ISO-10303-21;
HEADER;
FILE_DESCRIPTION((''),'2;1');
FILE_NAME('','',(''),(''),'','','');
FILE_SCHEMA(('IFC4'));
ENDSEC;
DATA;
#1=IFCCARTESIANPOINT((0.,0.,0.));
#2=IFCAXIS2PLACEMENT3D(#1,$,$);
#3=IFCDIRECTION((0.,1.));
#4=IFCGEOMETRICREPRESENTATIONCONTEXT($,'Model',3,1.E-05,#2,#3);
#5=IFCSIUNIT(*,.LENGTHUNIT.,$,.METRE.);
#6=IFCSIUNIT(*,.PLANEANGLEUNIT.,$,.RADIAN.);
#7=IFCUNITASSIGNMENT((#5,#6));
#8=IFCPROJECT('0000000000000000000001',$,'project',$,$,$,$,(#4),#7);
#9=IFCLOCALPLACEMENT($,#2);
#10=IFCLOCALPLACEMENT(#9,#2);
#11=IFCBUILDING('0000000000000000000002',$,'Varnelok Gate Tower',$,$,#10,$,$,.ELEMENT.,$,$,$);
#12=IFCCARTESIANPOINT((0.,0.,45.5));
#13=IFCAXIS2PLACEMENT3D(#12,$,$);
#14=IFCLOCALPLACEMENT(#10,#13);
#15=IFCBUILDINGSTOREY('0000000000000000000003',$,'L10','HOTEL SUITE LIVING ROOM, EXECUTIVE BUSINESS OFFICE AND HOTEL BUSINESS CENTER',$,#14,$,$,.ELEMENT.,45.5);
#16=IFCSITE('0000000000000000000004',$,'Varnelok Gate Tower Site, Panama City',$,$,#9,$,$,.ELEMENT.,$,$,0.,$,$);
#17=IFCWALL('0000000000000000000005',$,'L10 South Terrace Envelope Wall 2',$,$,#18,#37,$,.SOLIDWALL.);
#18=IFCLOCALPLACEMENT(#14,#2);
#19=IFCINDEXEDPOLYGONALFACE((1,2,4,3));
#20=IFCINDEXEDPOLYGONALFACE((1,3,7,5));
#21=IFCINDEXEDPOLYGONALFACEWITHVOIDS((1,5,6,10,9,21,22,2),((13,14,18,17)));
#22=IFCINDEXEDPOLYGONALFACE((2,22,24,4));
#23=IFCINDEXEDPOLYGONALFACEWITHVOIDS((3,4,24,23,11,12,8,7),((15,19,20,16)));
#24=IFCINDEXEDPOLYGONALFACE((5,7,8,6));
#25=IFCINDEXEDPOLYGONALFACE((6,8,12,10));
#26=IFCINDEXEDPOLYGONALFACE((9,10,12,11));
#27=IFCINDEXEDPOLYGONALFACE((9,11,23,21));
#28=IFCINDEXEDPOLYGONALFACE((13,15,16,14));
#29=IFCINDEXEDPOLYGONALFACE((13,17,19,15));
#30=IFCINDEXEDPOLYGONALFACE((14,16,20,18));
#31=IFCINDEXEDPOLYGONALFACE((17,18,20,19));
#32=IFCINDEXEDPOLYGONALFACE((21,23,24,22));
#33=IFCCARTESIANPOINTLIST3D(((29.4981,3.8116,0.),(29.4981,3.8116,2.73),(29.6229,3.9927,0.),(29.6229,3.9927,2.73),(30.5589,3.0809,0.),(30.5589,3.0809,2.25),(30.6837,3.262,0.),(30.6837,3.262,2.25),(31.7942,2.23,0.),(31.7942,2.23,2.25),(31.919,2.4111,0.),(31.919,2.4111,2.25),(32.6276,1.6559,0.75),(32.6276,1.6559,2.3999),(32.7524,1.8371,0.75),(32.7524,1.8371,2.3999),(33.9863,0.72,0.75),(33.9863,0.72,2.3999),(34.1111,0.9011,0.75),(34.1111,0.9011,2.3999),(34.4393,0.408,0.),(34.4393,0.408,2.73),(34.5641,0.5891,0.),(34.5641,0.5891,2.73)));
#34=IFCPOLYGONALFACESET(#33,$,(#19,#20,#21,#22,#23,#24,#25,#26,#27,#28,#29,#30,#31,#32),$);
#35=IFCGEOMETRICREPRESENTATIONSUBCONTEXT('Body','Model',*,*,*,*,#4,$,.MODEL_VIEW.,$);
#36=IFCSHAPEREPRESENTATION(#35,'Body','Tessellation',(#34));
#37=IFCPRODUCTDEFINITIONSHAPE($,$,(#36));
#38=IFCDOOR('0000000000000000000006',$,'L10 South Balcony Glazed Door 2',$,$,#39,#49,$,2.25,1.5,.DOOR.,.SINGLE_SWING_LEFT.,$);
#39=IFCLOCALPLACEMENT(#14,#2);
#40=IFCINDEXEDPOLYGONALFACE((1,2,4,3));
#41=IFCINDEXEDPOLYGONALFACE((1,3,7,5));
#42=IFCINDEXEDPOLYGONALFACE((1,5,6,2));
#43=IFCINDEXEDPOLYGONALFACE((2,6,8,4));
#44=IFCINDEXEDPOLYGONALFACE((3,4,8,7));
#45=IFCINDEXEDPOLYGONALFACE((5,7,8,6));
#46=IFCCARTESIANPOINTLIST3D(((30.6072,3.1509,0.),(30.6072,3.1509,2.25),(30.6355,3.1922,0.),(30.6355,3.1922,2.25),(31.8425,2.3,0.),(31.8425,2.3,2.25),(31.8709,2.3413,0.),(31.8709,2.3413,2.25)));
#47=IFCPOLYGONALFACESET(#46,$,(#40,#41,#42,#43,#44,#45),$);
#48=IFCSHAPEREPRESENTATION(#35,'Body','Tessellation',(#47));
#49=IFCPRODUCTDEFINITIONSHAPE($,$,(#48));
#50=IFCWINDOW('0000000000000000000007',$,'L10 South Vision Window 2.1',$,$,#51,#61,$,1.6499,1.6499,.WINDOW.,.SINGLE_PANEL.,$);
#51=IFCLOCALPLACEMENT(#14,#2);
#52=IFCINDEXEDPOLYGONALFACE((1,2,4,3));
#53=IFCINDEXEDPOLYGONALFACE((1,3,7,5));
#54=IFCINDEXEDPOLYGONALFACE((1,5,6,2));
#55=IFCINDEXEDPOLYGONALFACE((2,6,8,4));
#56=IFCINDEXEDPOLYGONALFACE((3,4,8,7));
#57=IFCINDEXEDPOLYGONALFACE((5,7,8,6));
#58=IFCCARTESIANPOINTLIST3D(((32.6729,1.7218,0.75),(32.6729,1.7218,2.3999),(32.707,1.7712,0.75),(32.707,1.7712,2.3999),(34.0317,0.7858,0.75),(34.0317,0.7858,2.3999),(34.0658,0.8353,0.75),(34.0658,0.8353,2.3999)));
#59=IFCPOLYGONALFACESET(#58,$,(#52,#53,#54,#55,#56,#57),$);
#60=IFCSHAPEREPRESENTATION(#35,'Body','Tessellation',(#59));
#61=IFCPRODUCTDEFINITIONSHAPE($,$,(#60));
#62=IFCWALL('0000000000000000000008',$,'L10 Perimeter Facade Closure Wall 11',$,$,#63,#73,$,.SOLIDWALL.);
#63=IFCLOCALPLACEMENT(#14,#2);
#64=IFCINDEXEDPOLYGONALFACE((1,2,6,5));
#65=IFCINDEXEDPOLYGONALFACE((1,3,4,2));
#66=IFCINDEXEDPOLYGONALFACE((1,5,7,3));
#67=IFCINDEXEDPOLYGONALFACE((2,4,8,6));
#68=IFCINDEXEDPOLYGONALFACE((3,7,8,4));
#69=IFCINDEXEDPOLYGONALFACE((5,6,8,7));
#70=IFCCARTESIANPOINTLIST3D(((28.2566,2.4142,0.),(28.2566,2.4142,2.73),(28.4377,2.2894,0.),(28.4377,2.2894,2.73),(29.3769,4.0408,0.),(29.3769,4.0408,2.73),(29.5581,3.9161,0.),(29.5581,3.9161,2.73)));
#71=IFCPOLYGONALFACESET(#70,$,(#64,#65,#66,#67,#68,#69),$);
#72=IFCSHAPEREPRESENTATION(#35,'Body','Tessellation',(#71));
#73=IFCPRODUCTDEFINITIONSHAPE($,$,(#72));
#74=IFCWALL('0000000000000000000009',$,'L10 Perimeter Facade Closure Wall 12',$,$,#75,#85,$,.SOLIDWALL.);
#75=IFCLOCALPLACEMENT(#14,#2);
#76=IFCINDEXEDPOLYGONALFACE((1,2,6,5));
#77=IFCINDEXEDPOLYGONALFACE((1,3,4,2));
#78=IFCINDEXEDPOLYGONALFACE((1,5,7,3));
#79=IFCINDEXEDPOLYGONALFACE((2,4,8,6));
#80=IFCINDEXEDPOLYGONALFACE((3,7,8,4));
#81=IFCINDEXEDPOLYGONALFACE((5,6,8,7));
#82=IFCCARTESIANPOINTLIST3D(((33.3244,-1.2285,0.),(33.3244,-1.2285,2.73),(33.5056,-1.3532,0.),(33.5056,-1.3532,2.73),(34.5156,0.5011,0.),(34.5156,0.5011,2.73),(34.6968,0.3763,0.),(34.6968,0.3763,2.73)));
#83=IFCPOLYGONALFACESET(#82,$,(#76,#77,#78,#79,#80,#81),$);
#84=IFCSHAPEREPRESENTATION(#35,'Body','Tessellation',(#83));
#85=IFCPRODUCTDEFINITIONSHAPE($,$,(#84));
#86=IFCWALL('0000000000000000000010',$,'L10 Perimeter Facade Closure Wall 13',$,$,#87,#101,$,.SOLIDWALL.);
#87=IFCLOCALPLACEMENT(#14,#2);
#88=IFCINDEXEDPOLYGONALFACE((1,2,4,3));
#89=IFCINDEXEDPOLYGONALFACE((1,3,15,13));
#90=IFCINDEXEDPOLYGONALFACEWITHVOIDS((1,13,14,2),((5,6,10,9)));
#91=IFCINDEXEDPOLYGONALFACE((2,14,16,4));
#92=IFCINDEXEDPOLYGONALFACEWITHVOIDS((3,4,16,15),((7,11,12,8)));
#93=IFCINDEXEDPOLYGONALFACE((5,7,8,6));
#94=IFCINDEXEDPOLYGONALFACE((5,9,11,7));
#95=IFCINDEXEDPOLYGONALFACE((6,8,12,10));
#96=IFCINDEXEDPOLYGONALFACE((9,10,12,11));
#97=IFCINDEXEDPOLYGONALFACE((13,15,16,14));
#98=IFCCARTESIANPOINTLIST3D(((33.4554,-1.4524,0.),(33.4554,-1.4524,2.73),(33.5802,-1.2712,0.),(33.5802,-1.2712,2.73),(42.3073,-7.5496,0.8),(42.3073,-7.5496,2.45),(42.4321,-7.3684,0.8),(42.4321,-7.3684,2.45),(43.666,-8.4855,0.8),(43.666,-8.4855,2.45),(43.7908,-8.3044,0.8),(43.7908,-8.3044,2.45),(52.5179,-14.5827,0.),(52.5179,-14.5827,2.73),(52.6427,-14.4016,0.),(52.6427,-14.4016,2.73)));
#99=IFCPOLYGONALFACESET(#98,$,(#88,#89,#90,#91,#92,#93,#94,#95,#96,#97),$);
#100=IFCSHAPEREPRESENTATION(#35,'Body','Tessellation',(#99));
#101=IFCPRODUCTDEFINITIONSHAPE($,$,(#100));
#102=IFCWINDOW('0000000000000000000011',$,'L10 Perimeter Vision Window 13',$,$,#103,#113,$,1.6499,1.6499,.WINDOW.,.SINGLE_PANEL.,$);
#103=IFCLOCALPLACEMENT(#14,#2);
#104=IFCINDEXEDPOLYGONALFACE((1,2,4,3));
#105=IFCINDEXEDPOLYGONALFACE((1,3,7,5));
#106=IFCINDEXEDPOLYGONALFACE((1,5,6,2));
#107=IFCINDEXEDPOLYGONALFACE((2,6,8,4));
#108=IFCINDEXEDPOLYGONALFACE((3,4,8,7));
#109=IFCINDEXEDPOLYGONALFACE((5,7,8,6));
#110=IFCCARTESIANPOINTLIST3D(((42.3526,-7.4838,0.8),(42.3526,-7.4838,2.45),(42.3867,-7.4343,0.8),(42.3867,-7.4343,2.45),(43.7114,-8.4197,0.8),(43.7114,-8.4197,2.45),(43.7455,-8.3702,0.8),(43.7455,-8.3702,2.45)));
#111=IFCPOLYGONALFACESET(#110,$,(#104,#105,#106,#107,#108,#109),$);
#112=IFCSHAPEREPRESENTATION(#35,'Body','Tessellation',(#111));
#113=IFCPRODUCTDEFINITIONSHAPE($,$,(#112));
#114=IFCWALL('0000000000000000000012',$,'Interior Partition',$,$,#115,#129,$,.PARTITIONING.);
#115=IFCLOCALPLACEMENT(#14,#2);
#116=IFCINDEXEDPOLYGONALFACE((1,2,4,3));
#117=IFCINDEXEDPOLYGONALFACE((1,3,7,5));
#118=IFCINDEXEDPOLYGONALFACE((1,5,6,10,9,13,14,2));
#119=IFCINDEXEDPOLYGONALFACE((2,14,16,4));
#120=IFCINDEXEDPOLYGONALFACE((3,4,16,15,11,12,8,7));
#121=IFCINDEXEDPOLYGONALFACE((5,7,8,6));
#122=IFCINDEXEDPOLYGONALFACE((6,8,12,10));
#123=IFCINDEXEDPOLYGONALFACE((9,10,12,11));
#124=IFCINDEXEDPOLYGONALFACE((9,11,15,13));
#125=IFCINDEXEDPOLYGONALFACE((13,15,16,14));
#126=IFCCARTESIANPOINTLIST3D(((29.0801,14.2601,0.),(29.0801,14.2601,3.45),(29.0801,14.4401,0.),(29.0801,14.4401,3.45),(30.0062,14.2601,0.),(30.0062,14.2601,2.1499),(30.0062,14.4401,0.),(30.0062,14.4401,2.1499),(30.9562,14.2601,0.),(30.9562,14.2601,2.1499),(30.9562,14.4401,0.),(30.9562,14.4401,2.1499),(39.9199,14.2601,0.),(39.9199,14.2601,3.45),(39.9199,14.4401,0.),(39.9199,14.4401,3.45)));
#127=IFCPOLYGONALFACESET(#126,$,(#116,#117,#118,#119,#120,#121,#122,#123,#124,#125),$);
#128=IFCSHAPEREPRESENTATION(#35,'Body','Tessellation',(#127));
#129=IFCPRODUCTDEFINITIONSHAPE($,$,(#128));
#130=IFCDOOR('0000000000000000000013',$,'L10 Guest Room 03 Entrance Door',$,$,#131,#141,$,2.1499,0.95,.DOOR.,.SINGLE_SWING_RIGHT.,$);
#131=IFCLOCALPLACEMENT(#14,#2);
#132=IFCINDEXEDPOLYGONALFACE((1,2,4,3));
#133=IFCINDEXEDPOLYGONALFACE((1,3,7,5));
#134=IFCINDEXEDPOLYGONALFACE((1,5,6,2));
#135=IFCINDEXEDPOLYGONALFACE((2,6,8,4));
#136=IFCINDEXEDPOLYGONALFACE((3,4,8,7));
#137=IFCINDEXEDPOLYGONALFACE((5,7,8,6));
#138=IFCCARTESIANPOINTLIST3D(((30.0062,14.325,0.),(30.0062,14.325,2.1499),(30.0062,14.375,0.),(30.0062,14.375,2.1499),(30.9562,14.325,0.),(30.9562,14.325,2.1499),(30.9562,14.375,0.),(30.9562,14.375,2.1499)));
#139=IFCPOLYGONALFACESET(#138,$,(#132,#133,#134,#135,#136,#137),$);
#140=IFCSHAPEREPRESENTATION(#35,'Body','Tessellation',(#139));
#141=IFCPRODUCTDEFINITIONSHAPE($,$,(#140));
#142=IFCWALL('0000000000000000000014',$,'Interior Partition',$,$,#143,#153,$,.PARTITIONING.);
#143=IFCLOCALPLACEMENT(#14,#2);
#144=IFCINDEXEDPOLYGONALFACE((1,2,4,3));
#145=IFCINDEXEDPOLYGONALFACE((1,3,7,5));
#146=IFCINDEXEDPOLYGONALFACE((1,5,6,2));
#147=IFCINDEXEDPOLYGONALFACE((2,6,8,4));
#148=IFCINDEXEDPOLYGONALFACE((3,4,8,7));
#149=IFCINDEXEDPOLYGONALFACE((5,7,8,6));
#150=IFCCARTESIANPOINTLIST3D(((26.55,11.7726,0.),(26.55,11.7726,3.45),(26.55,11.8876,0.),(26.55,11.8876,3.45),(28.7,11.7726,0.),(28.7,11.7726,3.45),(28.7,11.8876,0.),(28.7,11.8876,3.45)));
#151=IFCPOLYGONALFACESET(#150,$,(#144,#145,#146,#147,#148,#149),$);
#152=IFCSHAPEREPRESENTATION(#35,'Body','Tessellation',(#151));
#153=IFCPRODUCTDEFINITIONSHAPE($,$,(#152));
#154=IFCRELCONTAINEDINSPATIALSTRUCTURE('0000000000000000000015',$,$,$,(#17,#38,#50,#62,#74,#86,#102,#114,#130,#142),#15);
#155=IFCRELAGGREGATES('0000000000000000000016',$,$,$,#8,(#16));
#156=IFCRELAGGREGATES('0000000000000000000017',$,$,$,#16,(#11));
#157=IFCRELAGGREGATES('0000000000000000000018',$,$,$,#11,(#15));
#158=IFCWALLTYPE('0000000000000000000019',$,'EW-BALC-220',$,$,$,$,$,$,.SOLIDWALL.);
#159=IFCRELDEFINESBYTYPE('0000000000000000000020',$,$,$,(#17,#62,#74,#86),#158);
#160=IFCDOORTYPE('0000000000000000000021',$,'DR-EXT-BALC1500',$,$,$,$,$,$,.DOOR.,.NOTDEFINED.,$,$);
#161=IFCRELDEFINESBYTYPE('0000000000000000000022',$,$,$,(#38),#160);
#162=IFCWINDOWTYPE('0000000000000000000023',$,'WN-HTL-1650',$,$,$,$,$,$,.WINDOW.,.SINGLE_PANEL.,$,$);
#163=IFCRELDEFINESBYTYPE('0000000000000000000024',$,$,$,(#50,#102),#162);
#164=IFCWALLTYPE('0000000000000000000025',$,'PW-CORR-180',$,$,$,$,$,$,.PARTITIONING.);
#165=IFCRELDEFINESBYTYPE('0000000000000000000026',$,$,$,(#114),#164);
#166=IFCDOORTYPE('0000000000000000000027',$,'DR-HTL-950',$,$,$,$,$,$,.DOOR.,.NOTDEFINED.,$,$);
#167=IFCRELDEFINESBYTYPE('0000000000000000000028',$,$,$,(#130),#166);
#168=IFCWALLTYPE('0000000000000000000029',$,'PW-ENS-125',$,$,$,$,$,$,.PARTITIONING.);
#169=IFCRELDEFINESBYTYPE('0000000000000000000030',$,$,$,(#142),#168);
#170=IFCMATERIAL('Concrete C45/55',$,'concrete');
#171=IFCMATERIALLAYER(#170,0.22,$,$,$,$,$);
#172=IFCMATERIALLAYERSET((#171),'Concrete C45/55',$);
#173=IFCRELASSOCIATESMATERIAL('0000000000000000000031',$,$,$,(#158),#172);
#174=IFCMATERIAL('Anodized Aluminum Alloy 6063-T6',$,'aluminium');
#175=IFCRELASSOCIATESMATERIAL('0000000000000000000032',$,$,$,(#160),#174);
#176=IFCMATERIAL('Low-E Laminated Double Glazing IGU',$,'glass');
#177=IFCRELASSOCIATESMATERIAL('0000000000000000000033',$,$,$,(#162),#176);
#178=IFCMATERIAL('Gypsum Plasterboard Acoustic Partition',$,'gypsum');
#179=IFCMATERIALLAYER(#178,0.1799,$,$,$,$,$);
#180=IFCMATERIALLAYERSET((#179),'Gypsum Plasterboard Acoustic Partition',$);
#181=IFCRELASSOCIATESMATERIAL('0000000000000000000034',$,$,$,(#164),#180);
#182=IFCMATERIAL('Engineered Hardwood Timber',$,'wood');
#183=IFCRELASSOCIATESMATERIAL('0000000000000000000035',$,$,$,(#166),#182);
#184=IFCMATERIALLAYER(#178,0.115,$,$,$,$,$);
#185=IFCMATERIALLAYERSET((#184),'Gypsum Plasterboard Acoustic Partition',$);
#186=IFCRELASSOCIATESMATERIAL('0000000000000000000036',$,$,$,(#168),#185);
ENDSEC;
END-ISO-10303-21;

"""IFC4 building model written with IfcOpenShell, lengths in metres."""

from ifc_helpers import new_model, si_unit, direction, frame, frame_2d, origin, place, context, subcontext, project, spatial, rectangle, extrude, material, layer, layer_set, type_object, element, fill, save


model = new_model("IFC4")

# Units and contexts
model_context = context("Model", 3, precision=1e-05, world=origin(), true_north=direction((0.0, 1.0)))
body_context = subcontext(model_context, "Body", "Model", "MODEL_VIEW")
ifc_project = project(units=[si_unit("LENGTHUNIT", "METRE"), si_unit("PLANEANGLEUNIT", "RADIAN")], contexts=[model_context])

# Site, building, storey
site_placement = place(None, origin())
site = spatial("IfcSite", under=ifc_project, at=site_placement, Name="Varnelok Gate Tower Site, Panama City", CompositionType="ELEMENT", RefElevation=0.0)
building_placement = place(site_placement, origin())
building = spatial("IfcBuilding", under=site, at=building_placement, Name="Varnelok Gate Tower", CompositionType="ELEMENT")
storey_placement = place(building_placement, frame((0.0, 0.0, 45.5)))
storey = spatial("IfcBuildingStorey", under=building, at=storey_placement, Name="L10", Description="HOTEL SUITE LIVING ROOM, EXECUTIVE BUSINESS OFFICE AND HOTEL BUSINESS CENTER", CompositionType="ELEMENT", Elevation=45.5)

# Wall, openings, door, window
ifc_material_1 = material(Name="Concrete C45/55", Category="concrete")
ifc_layer_1 = layer(ifc_material_1, 0.22)
ifc_layer_set_1 = layer_set([ifc_layer_1], Name="Concrete C45/55")
wall_type_1 = type_object("IfcWallType", Name="EW-BALC-220", PredefinedType="SOLIDWALL", material=ifc_layer_set_1)
wall_1_placement = place(storey_placement, frame((34.5017, 0.4985, 0.0), z_axis=(0.0, 0.0, 1.0), x_axis=(-0.823535, 0.567266, 0.0)))
wall_1 = element("IfcWall", 1, at=wall_1_placement, inside=storey, type_object=wall_type_1, Name="L10 South Terrace Envelope Wall 2", PredefinedType="SOLIDWALL", context=body_context, shape_type="SweptSolid", body=[
    extrude(rectangle(XDim=6.0, YDim=0.22, at=frame_2d((3.0, 0.0))), origin(), (0.0, 0.0, 1.0), 2.73),
])
opening_1_placement = place(wall_1_placement, frame((3.2119, 0.0, 0.0)))
opening_1 = element("IfcOpeningElement", 2, at=opening_1_placement, cuts=wall_1, PredefinedType="OPENING", context=body_context, shape_type="SweptSolid", body=[
    extrude(rectangle(XDim=1.5, YDim=2.25, at=frame_2d((0.75, 1.125))), frame((0.0, 0.1199, 0.0), z_axis=(0.0, -1.0, 0.0), x_axis=(1.0, 0.0, 0.0)), (0.0, 0.0, 1.0), 0.24),
])
opening_2_placement = place(wall_1_placement, frame((0.55, 0.0, 0.75)))
opening_2 = element("IfcOpeningElement", 3, at=opening_2_placement, cuts=wall_1, PredefinedType="OPENING", context=body_context, shape_type="SweptSolid", body=[
    extrude(rectangle(XDim=1.6499, YDim=1.6499, at=frame_2d((0.825, 0.825))), frame((0.0, 0.1199, 0.0), z_axis=(0.0, -1.0, 0.0), x_axis=(1.0, 0.0, 0.0)), (0.0, 0.0, 1.0), 0.24),
])
ifc_material_2 = material(Name="Anodized Aluminum Alloy 6063-T6", Category="aluminium")
door_type_1 = type_object("IfcDoorType", Name="DR-EXT-BALC1500", OperationType="NOTDEFINED", PredefinedType="DOOR", material=ifc_material_2)
door_1_placement = place(opening_1_placement, origin())
door_1 = element("IfcDoor", 4, at=door_1_placement, inside=storey, type_object=door_type_1, Name="L10 South Balcony Glazed Door 2", OperationType="SINGLE_SWING_LEFT", OverallHeight=2.25, OverallWidth=1.5, PredefinedType="DOOR", context=body_context, shape_type="SweptSolid", body=[
    extrude(rectangle(XDim=1.5, YDim=2.25, at=frame_2d((0.75, 1.125))), frame((0.0, 0.0249, 0.0), z_axis=(0.0, -1.0, 0.0), x_axis=(1.0, 0.0, 0.0)), (0.0, 0.0, 1.0), 0.05),
])
fill(opening_1, door_1)
ifc_material_3 = material(Name="Low-E Laminated Double Glazing IGU", Category="glass")
window_type = type_object("IfcWindowType", Name="WN-HTL-1650", PartitioningType="SINGLE_PANEL", PredefinedType="WINDOW", material=ifc_material_3)
window_1_placement = place(opening_2_placement, origin())
window_1 = element("IfcWindow", 5, at=window_1_placement, inside=storey, type_object=window_type, Name="L10 South Vision Window 2.1", OverallHeight=1.6499, OverallWidth=1.6499, PartitioningType="SINGLE_PANEL", PredefinedType="WINDOW", context=body_context, shape_type="SweptSolid", body=[
    extrude(rectangle(XDim=1.6499, YDim=1.6499, at=frame_2d((0.825, 0.825))), frame((0.0, 0.03, 0.0), z_axis=(0.0, -1.0, 0.0), x_axis=(1.0, 0.0, 0.0)), (0.0, 0.0, 1.0), 0.0601),
])
fill(opening_2, window_1)

# Walls
wall_2_placement = place(storey_placement, frame((28.3472, 2.3518, 0.0), z_axis=(0.0, 0.0, 1.0), x_axis=(0.567216, 0.823569, 0.0)))
element("IfcWall", 6, at=wall_2_placement, inside=storey, type_object=wall_type_1, Name="L10 Perimeter Facade Closure Wall 11", PredefinedType="SOLIDWALL", context=body_context, shape_type="SweptSolid", body=[
    extrude(rectangle(XDim=1.9751, YDim=0.22, at=frame_2d((0.9875, 0.0))), origin(), (0.0, 0.0, 1.0), 2.73),
])
wall_3_placement = place(storey_placement, frame((34.6062, 0.4387, 0.0), z_axis=(0.0, 0.0, 1.0), x_axis=(-0.567219, -0.823567, 0.0)))
element("IfcWall", 7, at=wall_3_placement, inside=storey, type_object=wall_type_1, Name="L10 Perimeter Facade Closure Wall 12", PredefinedType="SOLIDWALL", context=body_context, shape_type="SweptSolid", body=[
    extrude(rectangle(XDim=2.1001, YDim=0.22, at=frame_2d((1.05, 0.0))), origin(), (0.0, 0.0, 1.0), 2.73),
])

# Wall, opening, window
wall_4_placement = place(storey_placement, frame((33.5178, -1.3618, 0.0), z_axis=(0.0, 0.0, 1.0), x_axis=(0.823539, -0.567259, 0.0)))
wall_4 = element("IfcWall", 8, at=wall_4_placement, inside=storey, type_object=wall_type_1, Name="L10 Perimeter Facade Closure Wall 13", PredefinedType="SOLIDWALL", context=body_context, shape_type="SweptSolid", body=[
    extrude(rectangle(XDim=23.147, YDim=0.22, at=frame_2d((11.5735, 0.0))), origin(), (0.0, 0.0, 1.0), 2.73),
])
opening_3_placement = place(wall_4_placement, frame((10.7485, 0.0, 0.8)))
opening_3 = element("IfcOpeningElement", 9, at=opening_3_placement, cuts=wall_4, PredefinedType="OPENING", context=body_context, shape_type="SweptSolid", body=[
    extrude(rectangle(XDim=1.6499, YDim=1.6499, at=frame_2d((0.825, 0.825))), frame((0.0, 0.1199, 0.0), z_axis=(0.0, -1.0, 0.0), x_axis=(1.0, 0.0, 0.0)), (0.0, 0.0, 1.0), 0.24),
])
window_2_placement = place(opening_3_placement, origin())
window_2 = element("IfcWindow", 10, at=window_2_placement, inside=storey, type_object=window_type, Name="L10 Perimeter Vision Window 13", OverallHeight=1.6499, OverallWidth=1.6499, PartitioningType="SINGLE_PANEL", PredefinedType="WINDOW", context=body_context, shape_type="SweptSolid", body=[
    extrude(rectangle(XDim=1.6499, YDim=1.6499, at=frame_2d((0.825, 0.825))), frame((0.0, 0.03, 0.0), z_axis=(0.0, -1.0, 0.0), x_axis=(1.0, 0.0, 0.0)), (0.0, 0.0, 1.0), 0.0601),
])
fill(opening_3, window_2)

# Wall, opening, door
ifc_material_4 = material(Name="Gypsum Plasterboard Acoustic Partition", Category="gypsum")
ifc_layer_2 = layer(ifc_material_4, 0.1799)
ifc_layer_set_2 = layer_set([ifc_layer_2], Name="Gypsum Plasterboard Acoustic Partition")
wall_type_2 = type_object("IfcWallType", Name="PW-CORR-180", PredefinedType="PARTITIONING", material=ifc_layer_set_2)
wall_5_placement = place(storey_placement, frame((29.0801, 14.3501, 0.0), z_axis=(0.0, 0.0, 1.0), x_axis=(1.0, 0.0, 0.0)))
wall_5 = element("IfcWall", 11, at=wall_5_placement, inside=storey, type_object=wall_type_2, Name="Interior Partition", PredefinedType="PARTITIONING", context=body_context, shape_type="SweptSolid", body=[
    extrude(rectangle(XDim=10.8398, YDim=0.1799, at=frame_2d((5.4199, 0.0))), origin(), (0.0, 0.0, 1.0), 3.45),
])
opening_4_placement = place(wall_5_placement, frame((0.926, 0.0, 0.0)))
opening_4 = element("IfcOpeningElement", 12, at=opening_4_placement, cuts=wall_5, PredefinedType="OPENING", context=body_context, shape_type="SweptSolid", body=[
    extrude(rectangle(XDim=0.95, YDim=2.1499, at=frame_2d((0.4751, 1.075))), frame((0.0, 0.0999, 0.0), z_axis=(0.0, -1.0, 0.0), x_axis=(1.0, 0.0, 0.0)), (0.0, 0.0, 1.0), 0.2),
])
ifc_material_5 = material(Name="Engineered Hardwood Timber", Category="wood")
door_type_2 = type_object("IfcDoorType", Name="DR-HTL-950", OperationType="NOTDEFINED", PredefinedType="DOOR", material=ifc_material_5)
door_2_placement = place(opening_4_placement, origin())
door_2 = element("IfcDoor", 13, at=door_2_placement, inside=storey, type_object=door_type_2, Name="L10 Guest Room 03 Entrance Door", OperationType="SINGLE_SWING_RIGHT", OverallHeight=2.1499, OverallWidth=0.95, PredefinedType="DOOR", context=body_context, shape_type="SweptSolid", body=[
    extrude(rectangle(XDim=0.95, YDim=2.1499, at=frame_2d((0.4751, 1.075))), frame((0.0, 0.0249, 0.0), z_axis=(0.0, -1.0, 0.0), x_axis=(1.0, 0.0, 0.0)), (0.0, 0.0, 1.0), 0.05),
])
fill(opening_4, door_2)

# Wall
ifc_layer_3 = layer(ifc_material_4, 0.115)
ifc_layer_set_3 = layer_set([ifc_layer_3], Name="Gypsum Plasterboard Acoustic Partition")
wall_type_3 = type_object("IfcWallType", Name="PW-ENS-125", PredefinedType="PARTITIONING", material=ifc_layer_set_3)
wall_6_placement = place(storey_placement, frame((26.55, 11.8301, 0.0), z_axis=(0.0, 0.0, 1.0), x_axis=(1.0, 0.0, 0.0)))
element("IfcWall", 14, at=wall_6_placement, inside=storey, type_object=wall_type_3, Name="Interior Partition", PredefinedType="PARTITIONING", context=body_context, shape_type="SweptSolid", body=[
    extrude(rectangle(XDim=2.1499, YDim=0.115, at=frame_2d((1.075, 0.0))), origin(), (0.0, 0.0, 1.0), 3.45),
])

save(model, "model.ifc")
